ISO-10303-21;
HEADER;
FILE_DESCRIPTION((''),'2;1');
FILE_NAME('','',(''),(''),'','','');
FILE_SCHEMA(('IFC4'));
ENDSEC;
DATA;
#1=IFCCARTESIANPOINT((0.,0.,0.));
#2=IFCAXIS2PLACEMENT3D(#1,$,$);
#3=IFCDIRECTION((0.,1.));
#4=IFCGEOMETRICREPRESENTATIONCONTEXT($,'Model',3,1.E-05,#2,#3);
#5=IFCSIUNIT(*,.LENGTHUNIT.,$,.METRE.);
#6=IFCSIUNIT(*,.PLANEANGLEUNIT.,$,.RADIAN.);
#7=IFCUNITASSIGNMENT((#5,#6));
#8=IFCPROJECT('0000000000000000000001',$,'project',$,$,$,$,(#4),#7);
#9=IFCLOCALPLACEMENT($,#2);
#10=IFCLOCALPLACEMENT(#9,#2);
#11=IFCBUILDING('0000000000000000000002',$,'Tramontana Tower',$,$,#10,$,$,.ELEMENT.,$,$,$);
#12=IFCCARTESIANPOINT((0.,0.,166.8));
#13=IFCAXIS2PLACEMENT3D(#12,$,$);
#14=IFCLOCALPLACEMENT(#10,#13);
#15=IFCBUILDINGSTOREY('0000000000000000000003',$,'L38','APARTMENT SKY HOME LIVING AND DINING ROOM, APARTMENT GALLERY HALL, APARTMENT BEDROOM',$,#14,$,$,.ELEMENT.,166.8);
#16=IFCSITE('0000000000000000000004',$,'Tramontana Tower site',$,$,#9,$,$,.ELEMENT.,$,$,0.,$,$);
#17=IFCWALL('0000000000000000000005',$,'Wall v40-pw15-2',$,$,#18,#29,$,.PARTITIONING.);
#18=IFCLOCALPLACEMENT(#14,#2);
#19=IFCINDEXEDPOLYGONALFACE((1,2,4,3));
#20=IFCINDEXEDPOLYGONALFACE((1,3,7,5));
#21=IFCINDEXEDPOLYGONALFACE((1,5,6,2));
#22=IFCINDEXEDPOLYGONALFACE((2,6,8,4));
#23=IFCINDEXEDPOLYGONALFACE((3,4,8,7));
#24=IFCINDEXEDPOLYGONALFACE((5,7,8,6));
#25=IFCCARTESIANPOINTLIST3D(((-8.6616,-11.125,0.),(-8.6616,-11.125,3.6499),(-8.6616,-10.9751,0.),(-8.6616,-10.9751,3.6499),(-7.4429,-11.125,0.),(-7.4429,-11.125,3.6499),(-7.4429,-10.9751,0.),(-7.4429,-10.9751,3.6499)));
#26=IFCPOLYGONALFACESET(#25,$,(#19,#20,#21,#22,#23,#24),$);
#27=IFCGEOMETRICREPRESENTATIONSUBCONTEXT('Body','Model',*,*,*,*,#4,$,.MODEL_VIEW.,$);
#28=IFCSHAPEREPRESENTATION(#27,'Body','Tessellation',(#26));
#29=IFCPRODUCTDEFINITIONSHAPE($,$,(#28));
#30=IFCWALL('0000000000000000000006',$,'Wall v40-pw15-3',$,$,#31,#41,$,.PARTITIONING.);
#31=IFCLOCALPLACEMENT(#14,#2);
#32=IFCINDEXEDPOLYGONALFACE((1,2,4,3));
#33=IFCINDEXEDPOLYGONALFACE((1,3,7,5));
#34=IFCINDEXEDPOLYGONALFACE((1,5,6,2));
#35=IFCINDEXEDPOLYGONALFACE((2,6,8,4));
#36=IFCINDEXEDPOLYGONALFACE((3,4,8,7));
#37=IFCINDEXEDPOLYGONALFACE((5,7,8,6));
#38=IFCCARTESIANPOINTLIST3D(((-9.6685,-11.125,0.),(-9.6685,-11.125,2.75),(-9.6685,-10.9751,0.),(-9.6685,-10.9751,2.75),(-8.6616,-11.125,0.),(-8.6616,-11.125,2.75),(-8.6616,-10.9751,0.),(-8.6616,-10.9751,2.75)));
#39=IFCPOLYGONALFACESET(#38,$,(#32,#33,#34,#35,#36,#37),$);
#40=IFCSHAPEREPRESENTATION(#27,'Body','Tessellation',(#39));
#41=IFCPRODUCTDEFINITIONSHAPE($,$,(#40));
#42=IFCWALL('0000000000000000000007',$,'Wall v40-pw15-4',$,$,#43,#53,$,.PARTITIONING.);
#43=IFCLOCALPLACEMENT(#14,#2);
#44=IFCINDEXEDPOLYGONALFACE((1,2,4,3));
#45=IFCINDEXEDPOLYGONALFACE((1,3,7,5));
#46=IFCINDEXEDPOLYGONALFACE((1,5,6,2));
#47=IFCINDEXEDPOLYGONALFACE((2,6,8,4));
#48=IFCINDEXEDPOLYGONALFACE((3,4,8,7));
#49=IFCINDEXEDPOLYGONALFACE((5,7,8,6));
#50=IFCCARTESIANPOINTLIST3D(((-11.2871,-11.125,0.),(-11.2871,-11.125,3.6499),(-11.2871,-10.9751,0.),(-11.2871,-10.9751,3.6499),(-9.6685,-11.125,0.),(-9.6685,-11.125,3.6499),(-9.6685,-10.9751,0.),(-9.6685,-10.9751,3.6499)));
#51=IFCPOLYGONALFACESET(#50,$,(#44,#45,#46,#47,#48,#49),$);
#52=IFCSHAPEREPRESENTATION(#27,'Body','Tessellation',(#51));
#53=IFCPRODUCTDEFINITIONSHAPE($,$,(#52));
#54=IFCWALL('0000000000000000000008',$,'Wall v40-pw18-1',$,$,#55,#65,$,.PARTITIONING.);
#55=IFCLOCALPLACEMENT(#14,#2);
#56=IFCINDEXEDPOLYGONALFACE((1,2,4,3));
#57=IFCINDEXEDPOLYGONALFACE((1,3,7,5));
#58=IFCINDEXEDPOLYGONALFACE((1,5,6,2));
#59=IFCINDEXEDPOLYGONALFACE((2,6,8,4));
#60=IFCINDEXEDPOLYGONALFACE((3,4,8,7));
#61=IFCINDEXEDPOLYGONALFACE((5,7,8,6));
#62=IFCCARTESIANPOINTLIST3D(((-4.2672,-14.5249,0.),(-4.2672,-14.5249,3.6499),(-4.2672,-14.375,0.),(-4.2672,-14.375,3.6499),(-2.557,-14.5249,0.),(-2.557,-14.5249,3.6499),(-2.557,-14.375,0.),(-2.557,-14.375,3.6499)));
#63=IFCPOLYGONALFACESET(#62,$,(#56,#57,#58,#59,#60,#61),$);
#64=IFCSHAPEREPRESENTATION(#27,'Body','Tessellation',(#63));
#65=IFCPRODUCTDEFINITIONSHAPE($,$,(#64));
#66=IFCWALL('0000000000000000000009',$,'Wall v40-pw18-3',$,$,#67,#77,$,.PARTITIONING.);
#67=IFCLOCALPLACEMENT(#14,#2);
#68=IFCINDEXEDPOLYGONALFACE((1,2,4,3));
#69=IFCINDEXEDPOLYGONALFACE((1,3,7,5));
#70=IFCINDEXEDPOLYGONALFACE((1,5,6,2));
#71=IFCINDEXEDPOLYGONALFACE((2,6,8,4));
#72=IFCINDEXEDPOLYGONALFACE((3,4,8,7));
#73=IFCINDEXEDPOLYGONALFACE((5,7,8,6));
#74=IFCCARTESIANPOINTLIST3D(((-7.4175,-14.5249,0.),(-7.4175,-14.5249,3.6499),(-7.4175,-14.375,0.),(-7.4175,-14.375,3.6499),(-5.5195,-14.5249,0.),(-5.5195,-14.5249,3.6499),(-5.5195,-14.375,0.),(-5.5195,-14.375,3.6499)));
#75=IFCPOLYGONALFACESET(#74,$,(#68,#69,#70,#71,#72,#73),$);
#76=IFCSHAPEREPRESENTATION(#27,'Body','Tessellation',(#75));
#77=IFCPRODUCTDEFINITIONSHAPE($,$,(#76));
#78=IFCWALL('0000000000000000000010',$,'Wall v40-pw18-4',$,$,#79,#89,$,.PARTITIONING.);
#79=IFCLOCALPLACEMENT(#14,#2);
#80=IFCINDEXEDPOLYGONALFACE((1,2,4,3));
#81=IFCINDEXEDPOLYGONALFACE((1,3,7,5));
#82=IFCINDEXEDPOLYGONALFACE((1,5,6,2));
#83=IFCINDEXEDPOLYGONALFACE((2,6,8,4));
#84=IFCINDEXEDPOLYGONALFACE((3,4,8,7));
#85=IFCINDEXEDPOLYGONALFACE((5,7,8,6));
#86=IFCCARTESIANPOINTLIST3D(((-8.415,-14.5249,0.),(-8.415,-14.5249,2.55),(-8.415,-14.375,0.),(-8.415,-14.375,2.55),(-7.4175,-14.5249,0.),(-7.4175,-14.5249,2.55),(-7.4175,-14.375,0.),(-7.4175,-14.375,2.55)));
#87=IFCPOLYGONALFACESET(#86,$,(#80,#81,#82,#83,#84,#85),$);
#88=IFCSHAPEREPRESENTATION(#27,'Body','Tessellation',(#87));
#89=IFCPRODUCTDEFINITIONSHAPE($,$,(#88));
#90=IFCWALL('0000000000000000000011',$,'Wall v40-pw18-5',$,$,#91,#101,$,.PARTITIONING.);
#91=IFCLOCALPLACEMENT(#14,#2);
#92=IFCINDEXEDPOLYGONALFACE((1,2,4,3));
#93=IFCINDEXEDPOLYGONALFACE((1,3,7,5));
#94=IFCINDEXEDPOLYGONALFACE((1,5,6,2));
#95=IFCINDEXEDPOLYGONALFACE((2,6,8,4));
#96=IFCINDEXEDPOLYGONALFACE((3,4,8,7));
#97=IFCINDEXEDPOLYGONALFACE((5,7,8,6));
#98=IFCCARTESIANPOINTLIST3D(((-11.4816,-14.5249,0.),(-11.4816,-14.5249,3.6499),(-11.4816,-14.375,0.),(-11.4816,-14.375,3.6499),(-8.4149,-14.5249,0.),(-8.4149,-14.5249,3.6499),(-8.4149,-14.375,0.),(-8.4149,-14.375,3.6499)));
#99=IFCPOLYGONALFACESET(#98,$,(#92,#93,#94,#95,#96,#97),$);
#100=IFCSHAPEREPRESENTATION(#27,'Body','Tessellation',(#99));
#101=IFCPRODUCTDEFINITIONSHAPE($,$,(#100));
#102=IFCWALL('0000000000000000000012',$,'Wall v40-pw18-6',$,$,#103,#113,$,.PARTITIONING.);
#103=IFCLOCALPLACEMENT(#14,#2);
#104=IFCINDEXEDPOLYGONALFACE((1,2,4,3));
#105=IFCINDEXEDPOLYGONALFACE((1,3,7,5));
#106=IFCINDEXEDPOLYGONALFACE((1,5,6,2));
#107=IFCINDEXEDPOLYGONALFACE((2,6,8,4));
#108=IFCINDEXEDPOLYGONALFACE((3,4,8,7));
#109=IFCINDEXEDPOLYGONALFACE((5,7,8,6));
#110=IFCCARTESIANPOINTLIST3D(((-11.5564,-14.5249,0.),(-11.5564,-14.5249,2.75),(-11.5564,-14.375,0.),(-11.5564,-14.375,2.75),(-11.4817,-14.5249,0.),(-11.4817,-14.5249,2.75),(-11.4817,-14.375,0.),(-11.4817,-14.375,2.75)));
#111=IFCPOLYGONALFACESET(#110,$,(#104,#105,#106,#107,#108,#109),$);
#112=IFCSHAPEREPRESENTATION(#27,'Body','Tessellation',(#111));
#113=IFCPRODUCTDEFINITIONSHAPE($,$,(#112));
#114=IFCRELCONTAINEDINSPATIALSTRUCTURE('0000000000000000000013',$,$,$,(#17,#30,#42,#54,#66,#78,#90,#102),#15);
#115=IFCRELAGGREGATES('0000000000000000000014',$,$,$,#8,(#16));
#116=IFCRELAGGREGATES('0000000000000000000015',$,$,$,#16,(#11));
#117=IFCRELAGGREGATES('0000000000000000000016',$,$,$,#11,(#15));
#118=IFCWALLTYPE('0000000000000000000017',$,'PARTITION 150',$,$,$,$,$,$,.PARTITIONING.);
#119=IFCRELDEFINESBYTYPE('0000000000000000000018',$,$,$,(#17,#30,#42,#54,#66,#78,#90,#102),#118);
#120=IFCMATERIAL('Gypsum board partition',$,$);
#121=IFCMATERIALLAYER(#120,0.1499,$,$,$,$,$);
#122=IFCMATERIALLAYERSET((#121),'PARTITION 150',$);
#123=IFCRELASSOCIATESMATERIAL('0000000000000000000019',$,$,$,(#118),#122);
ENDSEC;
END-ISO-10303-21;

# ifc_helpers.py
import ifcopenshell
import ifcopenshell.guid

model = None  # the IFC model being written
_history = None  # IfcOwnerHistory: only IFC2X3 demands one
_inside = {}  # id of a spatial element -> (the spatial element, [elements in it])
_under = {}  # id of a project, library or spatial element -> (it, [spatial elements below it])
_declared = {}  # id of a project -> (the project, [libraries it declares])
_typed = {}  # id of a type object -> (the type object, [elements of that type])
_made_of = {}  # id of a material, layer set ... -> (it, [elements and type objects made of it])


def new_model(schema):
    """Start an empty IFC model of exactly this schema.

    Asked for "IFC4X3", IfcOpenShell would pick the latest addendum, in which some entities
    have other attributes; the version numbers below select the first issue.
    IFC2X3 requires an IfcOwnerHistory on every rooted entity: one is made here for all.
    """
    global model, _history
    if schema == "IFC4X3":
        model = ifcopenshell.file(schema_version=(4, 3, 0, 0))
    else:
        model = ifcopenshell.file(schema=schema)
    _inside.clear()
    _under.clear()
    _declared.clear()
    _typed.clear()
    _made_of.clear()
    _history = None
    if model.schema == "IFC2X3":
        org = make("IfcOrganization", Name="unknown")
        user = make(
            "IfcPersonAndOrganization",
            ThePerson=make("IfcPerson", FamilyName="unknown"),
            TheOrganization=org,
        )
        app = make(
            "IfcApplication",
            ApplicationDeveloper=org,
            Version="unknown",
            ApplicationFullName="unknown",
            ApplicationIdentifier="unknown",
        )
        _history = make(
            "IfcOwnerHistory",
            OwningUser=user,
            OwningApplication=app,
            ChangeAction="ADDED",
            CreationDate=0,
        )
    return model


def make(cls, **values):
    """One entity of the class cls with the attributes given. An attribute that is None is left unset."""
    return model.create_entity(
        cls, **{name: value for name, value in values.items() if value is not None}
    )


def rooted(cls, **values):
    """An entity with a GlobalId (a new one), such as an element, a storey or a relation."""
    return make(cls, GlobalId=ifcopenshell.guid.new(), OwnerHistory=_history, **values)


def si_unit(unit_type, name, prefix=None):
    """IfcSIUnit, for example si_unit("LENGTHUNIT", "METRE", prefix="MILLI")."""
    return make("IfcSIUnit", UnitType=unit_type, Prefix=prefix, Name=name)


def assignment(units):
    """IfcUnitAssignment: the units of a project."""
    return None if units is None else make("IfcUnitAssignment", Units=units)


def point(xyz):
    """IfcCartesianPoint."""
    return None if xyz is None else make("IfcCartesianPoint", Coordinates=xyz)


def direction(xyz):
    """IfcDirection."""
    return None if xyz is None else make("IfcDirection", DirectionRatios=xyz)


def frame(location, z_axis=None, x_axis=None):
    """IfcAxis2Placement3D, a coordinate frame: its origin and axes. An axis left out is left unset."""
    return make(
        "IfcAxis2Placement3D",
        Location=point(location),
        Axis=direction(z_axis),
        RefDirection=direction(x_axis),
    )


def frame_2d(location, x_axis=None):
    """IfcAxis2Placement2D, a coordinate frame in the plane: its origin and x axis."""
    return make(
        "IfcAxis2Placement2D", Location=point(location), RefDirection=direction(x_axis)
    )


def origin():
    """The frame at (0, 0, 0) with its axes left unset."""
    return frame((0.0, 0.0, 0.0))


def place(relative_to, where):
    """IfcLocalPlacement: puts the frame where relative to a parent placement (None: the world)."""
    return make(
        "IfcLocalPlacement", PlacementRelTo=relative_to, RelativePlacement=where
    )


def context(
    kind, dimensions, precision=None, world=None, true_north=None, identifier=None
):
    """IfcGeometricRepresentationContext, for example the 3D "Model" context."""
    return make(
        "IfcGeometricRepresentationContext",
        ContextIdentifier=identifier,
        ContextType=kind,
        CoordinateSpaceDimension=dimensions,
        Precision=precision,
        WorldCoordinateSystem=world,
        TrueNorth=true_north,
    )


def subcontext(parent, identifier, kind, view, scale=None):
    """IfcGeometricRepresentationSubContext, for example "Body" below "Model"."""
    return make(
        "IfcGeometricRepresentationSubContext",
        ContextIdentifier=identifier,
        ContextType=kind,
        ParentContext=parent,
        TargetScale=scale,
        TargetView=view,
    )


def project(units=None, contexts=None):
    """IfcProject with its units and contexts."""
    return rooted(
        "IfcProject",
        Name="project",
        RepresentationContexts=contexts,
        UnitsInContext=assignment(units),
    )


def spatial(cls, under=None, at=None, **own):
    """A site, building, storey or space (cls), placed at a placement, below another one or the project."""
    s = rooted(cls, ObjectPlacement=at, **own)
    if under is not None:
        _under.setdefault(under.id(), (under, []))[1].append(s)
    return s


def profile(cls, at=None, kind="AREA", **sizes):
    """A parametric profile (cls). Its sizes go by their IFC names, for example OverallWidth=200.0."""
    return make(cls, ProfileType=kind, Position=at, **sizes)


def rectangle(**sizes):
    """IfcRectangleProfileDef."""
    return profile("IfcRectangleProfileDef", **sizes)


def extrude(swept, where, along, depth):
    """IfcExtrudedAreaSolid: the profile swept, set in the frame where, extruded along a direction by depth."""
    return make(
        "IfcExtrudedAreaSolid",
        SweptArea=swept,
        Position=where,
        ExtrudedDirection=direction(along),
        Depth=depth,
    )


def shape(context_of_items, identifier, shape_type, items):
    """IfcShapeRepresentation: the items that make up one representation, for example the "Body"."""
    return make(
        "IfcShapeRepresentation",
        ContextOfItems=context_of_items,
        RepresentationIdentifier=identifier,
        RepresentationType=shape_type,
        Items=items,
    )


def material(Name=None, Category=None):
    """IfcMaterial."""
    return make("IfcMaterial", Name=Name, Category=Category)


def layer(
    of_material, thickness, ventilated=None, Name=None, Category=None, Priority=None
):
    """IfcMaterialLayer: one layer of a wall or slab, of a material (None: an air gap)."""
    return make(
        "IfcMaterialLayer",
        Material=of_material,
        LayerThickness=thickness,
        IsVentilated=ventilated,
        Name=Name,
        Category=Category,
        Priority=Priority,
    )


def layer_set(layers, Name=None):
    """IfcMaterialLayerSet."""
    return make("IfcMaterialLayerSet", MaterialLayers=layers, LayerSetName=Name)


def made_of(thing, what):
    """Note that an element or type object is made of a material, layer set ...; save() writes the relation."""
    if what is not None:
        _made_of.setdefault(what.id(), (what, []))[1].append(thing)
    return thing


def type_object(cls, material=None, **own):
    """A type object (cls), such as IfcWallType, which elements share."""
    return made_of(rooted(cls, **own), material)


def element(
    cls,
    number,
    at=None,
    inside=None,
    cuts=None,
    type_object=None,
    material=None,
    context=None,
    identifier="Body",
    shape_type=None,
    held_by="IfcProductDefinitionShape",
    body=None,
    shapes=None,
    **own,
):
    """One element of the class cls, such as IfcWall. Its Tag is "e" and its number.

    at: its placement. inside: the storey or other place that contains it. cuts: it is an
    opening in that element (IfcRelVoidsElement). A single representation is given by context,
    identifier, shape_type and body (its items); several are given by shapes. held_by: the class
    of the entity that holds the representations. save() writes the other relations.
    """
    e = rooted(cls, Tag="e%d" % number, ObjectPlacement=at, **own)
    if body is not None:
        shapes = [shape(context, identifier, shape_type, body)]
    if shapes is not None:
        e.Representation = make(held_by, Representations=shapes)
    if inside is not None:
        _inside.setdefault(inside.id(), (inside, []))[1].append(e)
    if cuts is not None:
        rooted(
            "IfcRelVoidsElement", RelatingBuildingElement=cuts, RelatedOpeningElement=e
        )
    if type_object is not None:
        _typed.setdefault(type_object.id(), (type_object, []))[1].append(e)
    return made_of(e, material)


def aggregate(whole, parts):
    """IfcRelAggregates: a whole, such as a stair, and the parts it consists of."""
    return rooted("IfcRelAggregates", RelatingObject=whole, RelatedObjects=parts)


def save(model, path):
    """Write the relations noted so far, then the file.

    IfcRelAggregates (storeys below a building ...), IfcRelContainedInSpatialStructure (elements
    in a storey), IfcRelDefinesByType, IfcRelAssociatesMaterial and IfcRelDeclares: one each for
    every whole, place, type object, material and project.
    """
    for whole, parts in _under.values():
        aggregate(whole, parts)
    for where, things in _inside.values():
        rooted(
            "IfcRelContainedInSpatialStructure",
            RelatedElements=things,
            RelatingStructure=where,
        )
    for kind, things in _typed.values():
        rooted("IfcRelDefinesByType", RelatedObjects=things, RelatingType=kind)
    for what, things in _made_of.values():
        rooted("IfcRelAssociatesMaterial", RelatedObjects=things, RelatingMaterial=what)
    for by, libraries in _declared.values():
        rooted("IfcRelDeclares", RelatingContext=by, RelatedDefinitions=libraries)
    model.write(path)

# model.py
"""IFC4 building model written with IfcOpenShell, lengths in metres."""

from ifc_helpers import new_model, si_unit, direction, frame, frame_2d, origin, place, context, subcontext, project, spatial, rectangle, extrude, material, layer, layer_set, type_object, element, save


model = new_model("IFC4")

# Units and contexts
model_context = context("Model", 3, precision=1e-05, world=origin(), true_north=direction((0.0, 1.0)))
body_context = subcontext(model_context, "Body", "Model", "MODEL_VIEW")
ifc_project = project(units=[si_unit("LENGTHUNIT", "METRE"), si_unit("PLANEANGLEUNIT", "RADIAN")], contexts=[model_context])

# Site, building, storey
site_placement = place(None, origin())
site = spatial("IfcSite", under=ifc_project, at=site_placement, Name="Tramontana Tower site", CompositionType="ELEMENT", RefElevation=0.0)
building_placement = place(site_placement, origin())
building = spatial("IfcBuilding", under=site, at=building_placement, Name="Tramontana Tower", CompositionType="ELEMENT")
storey_placement = place(building_placement, frame((0.0, 0.0, 166.8)))
storey = spatial("IfcBuildingStorey", under=building, at=storey_placement, Name="L38", Description="APARTMENT SKY HOME LIVING AND DINING ROOM, APARTMENT GALLERY HALL, APARTMENT BEDROOM", CompositionType="ELEMENT", Elevation=166.8)

# Shared definitions
ifc_material_1 = material(Name="Gypsum board partition")
ifc_layer_1 = layer(ifc_material_1, 0.1499)
ifc_layer_set_1 = layer_set([ifc_layer_1], Name="PARTITION 150")
wall_type_1 = type_object("IfcWallType", Name="PARTITION 150", PredefinedType="PARTITIONING", material=ifc_layer_set_1)

# Walls
wall_1_placement = place(storey_placement, frame((-7.4429, -11.05, 0.0), z_axis=(0.0, 0.0, 1.0), x_axis=(-1.0, 0.0, 0.0)))
element("IfcWall", 1, at=wall_1_placement, inside=storey, type_object=wall_type_1, Name="Wall v40-pw15-2", PredefinedType="PARTITIONING", context=body_context, shape_type="SweptSolid", body=[
    extrude(rectangle(XDim=1.2188, YDim=0.1499, at=frame_2d((0.6094, 0.0))), origin(), (0.0, 0.0, 1.0), 3.6499),
])
wall_2_placement = place(storey_placement, frame((-8.6616, -11.05, 0.0), z_axis=(0.0, 0.0, 1.0), x_axis=(-1.0, 0.0, 0.0)))
element("IfcWall", 2, at=wall_2_placement, inside=storey, type_object=wall_type_1, Name="Wall v40-pw15-3", PredefinedType="PARTITIONING", context=body_context, shape_type="SweptSolid", body=[
    extrude(rectangle(XDim=1.0068, YDim=0.1499, at=frame_2d((0.5034, 0.0))), origin(), (0.0, 0.0, 1.0), 2.75),
])
wall_3_placement = place(storey_placement, frame((-9.6685, -11.05, 0.0), z_axis=(0.0, 0.0, 1.0), x_axis=(-1.0, 0.0, 0.0)))
element("IfcWall", 3, at=wall_3_placement, inside=storey, type_object=wall_type_1, Name="Wall v40-pw15-4", PredefinedType="PARTITIONING", context=body_context, shape_type="SweptSolid", body=[
    extrude(rectangle(XDim=1.6187, YDim=0.1499, at=frame_2d((0.8093, 0.0))), origin(), (0.0, 0.0, 1.0), 3.6499),
])
wall_4_placement = place(storey_placement, frame((-2.5571, -14.45, 0.0), z_axis=(0.0, 0.0, 1.0), x_axis=(-1.0, 0.0, 0.0)))
element("IfcWall", 4, at=wall_4_placement, inside=storey, type_object=wall_type_1, Name="Wall v40-pw18-1", PredefinedType="PARTITIONING", context=body_context, shape_type="SweptSolid", body=[
    extrude(rectangle(XDim=1.7102, YDim=0.1499, at=frame_2d((0.855, 0.0))), origin(), (0.0, 0.0, 1.0), 3.6499),
])

# Walls
wall_5_placement = place(storey_placement, frame((-5.5195, -14.45, 0.0), z_axis=(0.0, 0.0, 1.0), x_axis=(-1.0, 0.0, 0.0)))
element("IfcWall", 5, at=wall_5_placement, inside=storey, type_object=wall_type_1, Name="Wall v40-pw18-3", PredefinedType="PARTITIONING", context=body_context, shape_type="SweptSolid", body=[
    extrude(rectangle(XDim=1.8979, YDim=0.1499, at=frame_2d((0.949, 0.0))), origin(), (0.0, 0.0, 1.0), 3.6499),
])
wall_6_placement = place(storey_placement, frame((-7.4175, -14.45, 0.0), z_axis=(0.0, 0.0, 1.0), x_axis=(-1.0, 0.0, 0.0)))
element("IfcWall", 6, at=wall_6_placement, inside=storey, type_object=wall_type_1, Name="Wall v40-pw18-4", PredefinedType="PARTITIONING", context=body_context, shape_type="SweptSolid", body=[
    extrude(rectangle(XDim=0.9976, YDim=0.1499, at=frame_2d((0.4988, 0.0))), origin(), (0.0, 0.0, 1.0), 2.55),
])
wall_7_placement = place(storey_placement, frame((-8.415, -14.45, 0.0), z_axis=(0.0, 0.0, 1.0), x_axis=(-1.0, 0.0, 0.0)))
element("IfcWall", 7, at=wall_7_placement, inside=storey, type_object=wall_type_1, Name="Wall v40-pw18-5", PredefinedType="PARTITIONING", context=body_context, shape_type="SweptSolid", body=[
    extrude(rectangle(XDim=3.0667, YDim=0.1499, at=frame_2d((1.5332, 0.0))), origin(), (0.0, 0.0, 1.0), 3.6499),
])
wall_8_placement = place(storey_placement, frame((-11.4817, -14.45, 0.0), z_axis=(0.0, 0.0, 1.0), x_axis=(-1.0, 0.0, 0.0)))
element("IfcWall", 8, at=wall_8_placement, inside=storey, type_object=wall_type_1, Name="Wall v40-pw18-6", PredefinedType="PARTITIONING", context=body_context, shape_type="SweptSolid", body=[
    extrude(rectangle(XDim=0.0747, YDim=0.1499, at=frame_2d((0.0374, 0.0))), origin(), (0.0, 0.0, 1.0), 2.75),
])

save(model, "model.ifc")
